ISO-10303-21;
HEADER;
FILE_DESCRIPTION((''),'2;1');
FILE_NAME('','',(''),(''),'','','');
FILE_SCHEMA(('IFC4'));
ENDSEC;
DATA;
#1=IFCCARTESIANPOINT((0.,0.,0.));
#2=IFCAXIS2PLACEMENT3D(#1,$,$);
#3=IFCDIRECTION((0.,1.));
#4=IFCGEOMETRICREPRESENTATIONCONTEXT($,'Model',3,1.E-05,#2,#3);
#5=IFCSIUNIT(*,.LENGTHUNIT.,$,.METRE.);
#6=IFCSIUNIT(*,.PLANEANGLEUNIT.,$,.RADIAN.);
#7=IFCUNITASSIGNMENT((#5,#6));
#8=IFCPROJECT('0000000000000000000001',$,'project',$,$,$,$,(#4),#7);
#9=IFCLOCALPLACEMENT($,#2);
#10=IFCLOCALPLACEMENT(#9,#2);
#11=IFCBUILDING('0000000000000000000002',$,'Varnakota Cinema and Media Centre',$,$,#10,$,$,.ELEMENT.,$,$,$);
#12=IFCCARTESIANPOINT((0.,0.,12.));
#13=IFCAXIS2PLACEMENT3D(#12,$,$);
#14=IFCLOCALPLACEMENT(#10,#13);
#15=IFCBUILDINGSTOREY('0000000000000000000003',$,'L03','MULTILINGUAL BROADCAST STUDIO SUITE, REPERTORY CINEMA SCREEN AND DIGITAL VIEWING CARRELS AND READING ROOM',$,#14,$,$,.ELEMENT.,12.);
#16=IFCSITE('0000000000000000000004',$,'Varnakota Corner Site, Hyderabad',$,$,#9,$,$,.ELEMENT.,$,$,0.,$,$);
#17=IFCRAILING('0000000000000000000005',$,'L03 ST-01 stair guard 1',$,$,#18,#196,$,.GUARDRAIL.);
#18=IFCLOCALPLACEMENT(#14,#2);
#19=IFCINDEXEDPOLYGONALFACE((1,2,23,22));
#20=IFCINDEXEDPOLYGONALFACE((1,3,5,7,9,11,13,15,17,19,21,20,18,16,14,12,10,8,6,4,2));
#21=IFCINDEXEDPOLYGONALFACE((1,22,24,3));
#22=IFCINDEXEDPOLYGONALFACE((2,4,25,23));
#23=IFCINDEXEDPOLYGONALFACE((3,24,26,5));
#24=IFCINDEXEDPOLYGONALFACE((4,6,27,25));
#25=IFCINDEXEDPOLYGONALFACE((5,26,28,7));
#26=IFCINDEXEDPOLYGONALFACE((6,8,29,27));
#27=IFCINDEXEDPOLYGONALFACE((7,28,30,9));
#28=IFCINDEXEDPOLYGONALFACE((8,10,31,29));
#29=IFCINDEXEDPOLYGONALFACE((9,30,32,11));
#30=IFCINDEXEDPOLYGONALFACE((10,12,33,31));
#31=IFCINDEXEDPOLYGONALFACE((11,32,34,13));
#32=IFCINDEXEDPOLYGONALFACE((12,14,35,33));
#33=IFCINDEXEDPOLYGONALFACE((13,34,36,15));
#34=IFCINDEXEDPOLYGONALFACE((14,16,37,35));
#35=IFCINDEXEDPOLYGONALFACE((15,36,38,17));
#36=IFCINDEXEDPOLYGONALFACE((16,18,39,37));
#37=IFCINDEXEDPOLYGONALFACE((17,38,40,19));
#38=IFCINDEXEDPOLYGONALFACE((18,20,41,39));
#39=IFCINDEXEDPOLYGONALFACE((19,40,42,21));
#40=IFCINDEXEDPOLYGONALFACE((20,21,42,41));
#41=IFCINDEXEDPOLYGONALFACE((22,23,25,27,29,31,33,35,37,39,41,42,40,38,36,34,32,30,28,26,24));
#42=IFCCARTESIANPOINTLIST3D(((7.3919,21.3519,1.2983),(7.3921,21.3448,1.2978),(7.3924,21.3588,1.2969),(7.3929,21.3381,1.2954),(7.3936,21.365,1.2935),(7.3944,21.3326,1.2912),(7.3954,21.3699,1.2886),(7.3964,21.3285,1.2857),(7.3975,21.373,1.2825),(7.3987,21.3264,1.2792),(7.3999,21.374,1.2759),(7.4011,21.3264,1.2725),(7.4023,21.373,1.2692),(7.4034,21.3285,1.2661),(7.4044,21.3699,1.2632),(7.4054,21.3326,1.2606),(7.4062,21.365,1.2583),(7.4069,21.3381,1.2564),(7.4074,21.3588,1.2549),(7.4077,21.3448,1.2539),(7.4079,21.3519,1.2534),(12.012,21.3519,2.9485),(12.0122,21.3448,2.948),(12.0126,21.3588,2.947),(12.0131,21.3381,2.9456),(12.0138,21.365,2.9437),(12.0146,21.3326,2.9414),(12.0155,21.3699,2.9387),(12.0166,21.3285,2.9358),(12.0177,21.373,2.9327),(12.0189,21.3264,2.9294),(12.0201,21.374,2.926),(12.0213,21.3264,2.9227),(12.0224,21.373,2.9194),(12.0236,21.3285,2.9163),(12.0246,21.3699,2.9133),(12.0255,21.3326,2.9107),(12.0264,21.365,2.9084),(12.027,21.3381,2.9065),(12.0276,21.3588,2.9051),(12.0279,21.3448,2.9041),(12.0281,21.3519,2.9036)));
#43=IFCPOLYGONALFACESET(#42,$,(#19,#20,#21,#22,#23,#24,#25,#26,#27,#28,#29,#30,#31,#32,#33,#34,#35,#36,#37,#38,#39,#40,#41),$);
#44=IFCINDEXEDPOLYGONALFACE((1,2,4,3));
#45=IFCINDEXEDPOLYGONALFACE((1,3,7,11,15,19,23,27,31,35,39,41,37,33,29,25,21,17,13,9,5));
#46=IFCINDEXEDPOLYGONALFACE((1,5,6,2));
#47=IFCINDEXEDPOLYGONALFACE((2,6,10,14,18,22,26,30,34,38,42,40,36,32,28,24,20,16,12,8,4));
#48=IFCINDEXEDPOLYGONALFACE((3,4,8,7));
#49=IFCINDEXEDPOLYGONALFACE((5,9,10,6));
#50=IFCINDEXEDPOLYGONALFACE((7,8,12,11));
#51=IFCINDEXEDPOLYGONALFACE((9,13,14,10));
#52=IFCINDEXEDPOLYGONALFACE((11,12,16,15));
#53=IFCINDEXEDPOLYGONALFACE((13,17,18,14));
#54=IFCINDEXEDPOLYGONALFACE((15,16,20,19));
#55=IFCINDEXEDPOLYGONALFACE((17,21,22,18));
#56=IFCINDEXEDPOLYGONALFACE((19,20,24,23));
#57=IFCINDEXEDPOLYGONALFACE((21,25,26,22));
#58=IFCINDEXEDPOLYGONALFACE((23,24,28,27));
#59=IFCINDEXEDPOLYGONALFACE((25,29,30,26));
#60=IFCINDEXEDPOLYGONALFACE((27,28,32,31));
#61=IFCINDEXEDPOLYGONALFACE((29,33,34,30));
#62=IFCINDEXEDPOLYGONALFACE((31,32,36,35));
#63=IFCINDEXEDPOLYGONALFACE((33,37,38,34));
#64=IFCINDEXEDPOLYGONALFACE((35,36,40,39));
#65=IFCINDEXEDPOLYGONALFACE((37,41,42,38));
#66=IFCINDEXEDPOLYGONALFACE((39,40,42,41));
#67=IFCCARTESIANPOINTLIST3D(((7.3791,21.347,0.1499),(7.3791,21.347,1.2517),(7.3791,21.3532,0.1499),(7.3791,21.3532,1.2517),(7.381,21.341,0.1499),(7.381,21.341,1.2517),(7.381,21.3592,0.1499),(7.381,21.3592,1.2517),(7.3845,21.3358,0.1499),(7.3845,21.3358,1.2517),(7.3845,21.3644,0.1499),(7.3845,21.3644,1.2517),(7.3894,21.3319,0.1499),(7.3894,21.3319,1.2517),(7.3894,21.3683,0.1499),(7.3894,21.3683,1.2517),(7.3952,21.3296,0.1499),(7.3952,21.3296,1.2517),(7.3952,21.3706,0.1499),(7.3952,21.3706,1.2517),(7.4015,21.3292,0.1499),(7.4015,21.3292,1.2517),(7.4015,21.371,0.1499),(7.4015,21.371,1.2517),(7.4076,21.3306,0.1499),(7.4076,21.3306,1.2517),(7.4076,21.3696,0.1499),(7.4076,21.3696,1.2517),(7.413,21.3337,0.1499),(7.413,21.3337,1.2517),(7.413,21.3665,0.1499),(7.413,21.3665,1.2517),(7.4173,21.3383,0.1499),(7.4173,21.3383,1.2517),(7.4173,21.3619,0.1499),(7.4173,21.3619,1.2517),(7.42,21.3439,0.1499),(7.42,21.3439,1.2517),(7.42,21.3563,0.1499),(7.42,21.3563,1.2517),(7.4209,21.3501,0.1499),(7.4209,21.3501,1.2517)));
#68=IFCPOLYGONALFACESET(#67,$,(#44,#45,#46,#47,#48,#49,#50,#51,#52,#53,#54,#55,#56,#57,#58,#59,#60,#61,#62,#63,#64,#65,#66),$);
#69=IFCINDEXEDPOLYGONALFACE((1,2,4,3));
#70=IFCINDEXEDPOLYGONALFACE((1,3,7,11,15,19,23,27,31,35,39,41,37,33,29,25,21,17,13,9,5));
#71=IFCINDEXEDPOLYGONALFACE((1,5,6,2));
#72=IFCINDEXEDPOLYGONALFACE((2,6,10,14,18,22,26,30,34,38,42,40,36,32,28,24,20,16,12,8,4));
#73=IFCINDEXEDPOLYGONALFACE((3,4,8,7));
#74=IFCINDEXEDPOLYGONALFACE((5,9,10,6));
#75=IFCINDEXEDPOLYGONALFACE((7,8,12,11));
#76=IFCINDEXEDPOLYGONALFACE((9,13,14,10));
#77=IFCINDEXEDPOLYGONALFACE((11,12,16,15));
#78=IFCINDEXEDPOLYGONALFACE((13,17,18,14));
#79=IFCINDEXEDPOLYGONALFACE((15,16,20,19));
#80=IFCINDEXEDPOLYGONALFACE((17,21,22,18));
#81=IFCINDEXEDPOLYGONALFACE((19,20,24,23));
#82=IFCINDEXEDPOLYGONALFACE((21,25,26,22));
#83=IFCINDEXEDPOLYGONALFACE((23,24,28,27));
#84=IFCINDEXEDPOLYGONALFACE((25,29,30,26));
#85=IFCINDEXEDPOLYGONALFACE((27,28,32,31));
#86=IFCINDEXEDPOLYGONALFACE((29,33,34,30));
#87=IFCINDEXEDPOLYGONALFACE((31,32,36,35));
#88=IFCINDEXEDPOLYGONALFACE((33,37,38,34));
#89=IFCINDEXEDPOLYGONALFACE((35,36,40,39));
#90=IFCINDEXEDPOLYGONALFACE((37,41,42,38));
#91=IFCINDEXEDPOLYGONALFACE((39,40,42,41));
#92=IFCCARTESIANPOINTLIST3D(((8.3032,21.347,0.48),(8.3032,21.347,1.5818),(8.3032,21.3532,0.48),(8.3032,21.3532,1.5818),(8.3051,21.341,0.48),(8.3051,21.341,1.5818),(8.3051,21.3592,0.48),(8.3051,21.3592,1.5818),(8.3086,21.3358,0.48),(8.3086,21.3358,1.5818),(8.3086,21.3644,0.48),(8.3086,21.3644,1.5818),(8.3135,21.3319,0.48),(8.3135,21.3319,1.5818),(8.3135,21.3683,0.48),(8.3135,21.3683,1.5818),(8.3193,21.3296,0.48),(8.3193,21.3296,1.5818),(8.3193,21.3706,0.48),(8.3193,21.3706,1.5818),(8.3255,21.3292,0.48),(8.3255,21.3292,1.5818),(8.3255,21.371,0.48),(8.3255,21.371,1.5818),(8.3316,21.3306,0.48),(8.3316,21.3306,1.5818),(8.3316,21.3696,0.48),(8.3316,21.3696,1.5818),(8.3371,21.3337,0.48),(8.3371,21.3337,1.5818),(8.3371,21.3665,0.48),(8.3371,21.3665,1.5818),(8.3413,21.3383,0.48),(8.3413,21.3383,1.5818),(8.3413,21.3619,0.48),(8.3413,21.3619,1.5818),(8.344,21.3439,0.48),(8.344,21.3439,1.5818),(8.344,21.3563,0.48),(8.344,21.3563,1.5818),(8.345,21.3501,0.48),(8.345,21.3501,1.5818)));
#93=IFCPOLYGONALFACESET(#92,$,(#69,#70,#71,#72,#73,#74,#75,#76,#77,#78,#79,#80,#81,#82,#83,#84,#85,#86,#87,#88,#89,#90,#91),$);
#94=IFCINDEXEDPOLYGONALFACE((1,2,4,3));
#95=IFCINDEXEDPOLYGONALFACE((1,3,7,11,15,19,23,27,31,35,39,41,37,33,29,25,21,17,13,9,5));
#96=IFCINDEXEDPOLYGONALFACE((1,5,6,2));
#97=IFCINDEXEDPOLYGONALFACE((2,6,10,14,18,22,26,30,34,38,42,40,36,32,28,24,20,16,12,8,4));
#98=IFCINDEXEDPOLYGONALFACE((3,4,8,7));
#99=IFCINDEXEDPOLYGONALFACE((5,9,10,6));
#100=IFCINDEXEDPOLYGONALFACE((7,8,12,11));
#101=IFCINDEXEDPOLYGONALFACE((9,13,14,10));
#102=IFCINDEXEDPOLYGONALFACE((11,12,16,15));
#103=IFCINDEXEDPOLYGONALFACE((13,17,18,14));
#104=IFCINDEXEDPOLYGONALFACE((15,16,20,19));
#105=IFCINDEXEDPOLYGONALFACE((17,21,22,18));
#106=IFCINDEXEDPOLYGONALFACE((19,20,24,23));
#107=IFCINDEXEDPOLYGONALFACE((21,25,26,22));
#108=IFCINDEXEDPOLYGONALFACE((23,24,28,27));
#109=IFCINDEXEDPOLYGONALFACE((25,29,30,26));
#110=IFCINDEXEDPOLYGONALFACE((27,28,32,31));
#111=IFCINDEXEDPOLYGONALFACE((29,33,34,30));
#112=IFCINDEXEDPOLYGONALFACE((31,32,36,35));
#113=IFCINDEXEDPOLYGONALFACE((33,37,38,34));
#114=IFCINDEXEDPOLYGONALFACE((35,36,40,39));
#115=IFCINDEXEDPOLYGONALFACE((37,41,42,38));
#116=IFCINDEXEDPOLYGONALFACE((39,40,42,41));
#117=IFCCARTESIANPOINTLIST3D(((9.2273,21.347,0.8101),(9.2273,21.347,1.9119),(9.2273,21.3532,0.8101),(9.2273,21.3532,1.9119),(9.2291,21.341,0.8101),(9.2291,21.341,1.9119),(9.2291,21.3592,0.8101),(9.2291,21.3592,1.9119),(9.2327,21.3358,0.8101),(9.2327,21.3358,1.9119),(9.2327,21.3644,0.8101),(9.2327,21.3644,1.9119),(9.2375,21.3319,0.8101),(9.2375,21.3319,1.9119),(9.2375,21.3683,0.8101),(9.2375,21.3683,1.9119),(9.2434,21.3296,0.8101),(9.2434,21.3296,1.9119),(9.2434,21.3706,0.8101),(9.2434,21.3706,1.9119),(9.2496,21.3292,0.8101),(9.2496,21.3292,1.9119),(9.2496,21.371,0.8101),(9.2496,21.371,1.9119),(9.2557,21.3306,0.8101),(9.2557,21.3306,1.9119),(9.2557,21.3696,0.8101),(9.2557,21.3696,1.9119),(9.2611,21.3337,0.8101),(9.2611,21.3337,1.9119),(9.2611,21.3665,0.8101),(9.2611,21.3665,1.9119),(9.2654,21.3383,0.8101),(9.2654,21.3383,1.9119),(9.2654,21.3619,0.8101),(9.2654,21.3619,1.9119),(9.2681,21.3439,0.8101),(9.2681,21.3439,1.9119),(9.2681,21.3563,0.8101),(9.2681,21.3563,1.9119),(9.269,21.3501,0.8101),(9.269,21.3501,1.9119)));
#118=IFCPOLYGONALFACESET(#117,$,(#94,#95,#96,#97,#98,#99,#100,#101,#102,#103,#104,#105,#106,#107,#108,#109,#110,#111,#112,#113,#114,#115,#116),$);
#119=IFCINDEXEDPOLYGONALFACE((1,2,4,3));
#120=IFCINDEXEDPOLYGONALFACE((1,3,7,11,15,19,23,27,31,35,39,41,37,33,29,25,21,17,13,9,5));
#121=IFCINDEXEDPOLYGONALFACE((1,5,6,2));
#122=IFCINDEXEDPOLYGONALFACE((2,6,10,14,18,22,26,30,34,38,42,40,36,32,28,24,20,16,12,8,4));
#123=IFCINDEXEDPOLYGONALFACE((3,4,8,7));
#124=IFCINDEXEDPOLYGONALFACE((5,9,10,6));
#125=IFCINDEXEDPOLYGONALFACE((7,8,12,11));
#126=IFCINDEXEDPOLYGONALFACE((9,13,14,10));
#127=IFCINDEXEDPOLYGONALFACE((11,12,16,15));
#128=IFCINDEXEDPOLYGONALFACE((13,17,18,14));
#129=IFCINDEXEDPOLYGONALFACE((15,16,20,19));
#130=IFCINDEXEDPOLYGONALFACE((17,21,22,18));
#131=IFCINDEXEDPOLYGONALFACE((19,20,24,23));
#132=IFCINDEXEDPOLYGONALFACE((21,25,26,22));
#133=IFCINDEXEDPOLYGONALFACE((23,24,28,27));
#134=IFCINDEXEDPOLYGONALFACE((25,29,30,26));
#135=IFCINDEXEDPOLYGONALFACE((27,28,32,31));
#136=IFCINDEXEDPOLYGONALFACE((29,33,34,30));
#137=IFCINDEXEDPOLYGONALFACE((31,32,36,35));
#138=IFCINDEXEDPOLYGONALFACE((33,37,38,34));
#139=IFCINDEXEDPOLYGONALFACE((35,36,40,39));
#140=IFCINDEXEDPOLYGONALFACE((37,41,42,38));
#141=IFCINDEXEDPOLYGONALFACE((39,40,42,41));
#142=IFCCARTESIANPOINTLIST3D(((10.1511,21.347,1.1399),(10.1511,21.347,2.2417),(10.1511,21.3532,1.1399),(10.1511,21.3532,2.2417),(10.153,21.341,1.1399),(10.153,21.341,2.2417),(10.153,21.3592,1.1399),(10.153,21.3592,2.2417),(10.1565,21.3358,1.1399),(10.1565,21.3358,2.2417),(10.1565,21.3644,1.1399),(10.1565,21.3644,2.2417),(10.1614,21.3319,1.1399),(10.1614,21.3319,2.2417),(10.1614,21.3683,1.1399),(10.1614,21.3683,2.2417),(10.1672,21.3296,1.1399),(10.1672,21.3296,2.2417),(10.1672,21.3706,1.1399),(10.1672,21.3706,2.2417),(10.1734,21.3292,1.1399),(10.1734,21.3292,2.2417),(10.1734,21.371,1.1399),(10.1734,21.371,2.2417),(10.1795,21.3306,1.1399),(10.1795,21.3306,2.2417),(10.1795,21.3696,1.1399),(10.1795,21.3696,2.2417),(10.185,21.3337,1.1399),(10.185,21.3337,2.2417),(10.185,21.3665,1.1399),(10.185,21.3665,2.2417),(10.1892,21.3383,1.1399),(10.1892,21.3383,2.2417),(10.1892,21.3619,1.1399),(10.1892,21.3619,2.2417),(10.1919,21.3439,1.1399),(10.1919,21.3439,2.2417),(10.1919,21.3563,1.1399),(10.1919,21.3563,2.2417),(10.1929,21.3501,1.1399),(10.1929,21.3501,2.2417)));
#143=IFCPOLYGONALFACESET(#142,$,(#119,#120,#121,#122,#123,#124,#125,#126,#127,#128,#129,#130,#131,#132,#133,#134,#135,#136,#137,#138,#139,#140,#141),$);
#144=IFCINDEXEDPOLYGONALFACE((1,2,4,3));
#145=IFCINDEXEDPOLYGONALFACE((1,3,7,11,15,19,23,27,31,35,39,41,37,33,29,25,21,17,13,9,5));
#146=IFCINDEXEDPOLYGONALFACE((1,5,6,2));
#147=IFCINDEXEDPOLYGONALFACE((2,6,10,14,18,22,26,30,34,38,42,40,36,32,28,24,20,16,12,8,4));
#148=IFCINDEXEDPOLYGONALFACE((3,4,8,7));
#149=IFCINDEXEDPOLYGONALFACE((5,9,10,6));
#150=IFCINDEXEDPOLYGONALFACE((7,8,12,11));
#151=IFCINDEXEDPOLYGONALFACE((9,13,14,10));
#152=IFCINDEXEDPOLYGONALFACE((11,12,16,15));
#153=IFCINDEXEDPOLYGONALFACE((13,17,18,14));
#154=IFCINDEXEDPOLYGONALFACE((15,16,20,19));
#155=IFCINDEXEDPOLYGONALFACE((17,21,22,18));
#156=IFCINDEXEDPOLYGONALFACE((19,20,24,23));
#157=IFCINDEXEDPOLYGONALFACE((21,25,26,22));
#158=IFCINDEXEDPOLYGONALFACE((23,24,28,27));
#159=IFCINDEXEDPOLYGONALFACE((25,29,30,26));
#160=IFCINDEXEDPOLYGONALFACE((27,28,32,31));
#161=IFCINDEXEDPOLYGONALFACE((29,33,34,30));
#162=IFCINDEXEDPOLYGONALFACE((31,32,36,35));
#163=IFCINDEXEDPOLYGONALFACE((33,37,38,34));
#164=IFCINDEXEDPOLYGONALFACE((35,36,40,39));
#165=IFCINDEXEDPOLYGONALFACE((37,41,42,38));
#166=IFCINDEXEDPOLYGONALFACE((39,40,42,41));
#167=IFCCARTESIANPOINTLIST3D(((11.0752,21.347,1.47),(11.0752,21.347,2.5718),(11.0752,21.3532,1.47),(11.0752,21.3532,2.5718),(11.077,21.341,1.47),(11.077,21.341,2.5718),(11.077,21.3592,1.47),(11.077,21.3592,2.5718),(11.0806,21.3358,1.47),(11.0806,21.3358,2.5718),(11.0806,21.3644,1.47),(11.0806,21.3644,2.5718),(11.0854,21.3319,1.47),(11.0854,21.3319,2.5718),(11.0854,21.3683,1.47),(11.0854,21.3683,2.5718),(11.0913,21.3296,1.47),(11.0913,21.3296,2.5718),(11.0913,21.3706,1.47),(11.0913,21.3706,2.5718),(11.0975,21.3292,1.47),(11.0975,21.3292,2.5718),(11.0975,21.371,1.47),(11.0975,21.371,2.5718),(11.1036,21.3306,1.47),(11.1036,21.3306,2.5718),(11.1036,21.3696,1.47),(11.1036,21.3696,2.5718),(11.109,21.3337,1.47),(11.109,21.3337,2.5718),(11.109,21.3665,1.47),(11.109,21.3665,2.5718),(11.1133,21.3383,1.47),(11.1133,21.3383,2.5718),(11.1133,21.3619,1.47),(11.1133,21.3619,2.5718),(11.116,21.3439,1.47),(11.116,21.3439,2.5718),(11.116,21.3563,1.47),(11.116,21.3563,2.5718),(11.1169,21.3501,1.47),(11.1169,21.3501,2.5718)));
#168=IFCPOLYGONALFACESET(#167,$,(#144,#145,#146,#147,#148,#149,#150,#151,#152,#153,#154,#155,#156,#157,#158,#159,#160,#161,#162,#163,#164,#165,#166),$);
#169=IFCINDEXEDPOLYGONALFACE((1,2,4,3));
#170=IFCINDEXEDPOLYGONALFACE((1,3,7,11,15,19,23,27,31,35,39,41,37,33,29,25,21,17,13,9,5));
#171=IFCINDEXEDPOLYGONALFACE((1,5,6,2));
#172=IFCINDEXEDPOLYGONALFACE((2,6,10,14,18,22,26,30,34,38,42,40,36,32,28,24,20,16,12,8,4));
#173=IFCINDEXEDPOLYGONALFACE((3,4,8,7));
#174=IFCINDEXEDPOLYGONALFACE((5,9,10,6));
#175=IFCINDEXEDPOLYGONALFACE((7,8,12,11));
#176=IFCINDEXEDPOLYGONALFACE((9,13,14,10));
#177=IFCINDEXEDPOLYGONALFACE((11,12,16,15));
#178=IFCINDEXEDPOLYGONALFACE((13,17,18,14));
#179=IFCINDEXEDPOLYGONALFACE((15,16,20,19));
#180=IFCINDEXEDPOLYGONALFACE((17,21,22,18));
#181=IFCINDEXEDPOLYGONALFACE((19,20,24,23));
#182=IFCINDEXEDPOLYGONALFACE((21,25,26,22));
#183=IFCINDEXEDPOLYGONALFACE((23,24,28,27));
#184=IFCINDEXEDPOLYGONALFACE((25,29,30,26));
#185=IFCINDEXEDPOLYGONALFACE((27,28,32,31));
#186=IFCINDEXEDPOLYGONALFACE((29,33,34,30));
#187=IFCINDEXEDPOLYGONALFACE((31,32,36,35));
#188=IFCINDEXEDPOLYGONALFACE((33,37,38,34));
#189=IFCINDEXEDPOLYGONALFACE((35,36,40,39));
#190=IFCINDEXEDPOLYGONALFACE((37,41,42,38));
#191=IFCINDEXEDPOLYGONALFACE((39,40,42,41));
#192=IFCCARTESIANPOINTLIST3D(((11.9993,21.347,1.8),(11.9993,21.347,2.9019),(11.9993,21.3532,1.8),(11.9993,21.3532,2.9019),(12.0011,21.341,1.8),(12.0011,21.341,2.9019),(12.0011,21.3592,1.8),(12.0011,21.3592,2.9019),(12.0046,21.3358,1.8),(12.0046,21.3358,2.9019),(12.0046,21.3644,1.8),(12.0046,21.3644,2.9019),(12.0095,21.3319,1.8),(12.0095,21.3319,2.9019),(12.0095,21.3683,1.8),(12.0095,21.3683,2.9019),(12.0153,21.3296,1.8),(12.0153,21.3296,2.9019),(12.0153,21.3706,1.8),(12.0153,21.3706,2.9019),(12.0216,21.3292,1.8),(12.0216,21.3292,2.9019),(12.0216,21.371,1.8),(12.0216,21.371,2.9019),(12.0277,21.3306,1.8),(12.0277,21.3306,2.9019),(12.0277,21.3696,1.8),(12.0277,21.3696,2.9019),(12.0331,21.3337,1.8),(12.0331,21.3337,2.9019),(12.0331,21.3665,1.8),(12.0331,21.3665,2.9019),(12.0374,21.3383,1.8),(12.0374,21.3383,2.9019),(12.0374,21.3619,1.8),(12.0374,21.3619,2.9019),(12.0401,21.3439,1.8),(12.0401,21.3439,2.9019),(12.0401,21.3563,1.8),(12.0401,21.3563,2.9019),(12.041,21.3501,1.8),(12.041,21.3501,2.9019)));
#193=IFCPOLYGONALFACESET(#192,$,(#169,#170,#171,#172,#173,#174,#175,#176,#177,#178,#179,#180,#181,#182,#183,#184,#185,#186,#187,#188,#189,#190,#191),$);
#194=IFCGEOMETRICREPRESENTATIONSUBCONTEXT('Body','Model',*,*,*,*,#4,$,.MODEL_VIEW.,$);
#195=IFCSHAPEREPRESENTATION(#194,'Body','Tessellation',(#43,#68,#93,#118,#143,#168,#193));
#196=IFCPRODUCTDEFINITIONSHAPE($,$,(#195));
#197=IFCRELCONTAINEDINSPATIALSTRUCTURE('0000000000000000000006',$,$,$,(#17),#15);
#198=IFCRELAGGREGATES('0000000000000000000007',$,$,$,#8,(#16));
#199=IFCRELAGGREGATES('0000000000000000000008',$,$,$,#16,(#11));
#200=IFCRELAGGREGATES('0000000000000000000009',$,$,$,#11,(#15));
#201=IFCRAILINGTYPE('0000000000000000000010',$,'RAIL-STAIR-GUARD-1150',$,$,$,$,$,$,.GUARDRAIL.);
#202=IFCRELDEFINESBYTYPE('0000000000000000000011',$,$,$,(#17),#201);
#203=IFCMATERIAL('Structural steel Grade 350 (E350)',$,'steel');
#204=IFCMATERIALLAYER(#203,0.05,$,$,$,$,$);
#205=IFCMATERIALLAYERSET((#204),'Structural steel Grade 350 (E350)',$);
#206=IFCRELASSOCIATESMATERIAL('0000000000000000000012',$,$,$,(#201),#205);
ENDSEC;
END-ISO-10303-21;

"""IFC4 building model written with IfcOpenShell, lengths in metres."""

from ifc_helpers import new_model, si_unit, direction, frame, origin, origin_2d, place, context, subcontext, project, spatial, circle, extrude, material, layer, layer_set, type_object, element, save


model = new_model("IFC4")

# Units and contexts
model_context = context("Model", 3, precision=1e-05, world=origin(), true_north=direction((0.0, 1.0)))
body_context = subcontext(model_context, "Body", "Model", "MODEL_VIEW")
ifc_project = project(units=[si_unit("LENGTHUNIT", "METRE"), si_unit("PLANEANGLEUNIT", "RADIAN")], contexts=[model_context])

# Site, building, storey
site_placement = place(None, origin())
site = spatial("IfcSite", under=ifc_project, at=site_placement, Name="Varnakota Corner Site, Hyderabad", CompositionType="ELEMENT", RefElevation=0.0)
building_placement = place(site_placement, origin())
building = spatial("IfcBuilding", under=site, at=building_placement, Name="Varnakota Cinema and Media Centre", CompositionType="ELEMENT")
storey_placement = place(building_placement, frame((0.0, 0.0, 12.0)))
storey = spatial("IfcBuildingStorey", under=building, at=storey_placement, Name="L03", Description="MULTILINGUAL BROADCAST STUDIO SUITE, REPERTORY CINEMA SCREEN AND DIGITAL VIEWING CARRELS AND READING ROOM", CompositionType="ELEMENT", Elevation=12.0)

# Railing
ifc_material_1 = material(Name="Structural steel Grade 350 (E350)", Category="steel")
ifc_layer_1 = layer(ifc_material_1, 0.05)
ifc_layer_set_1 = layer_set([ifc_layer_1], Name="Structural steel Grade 350 (E350)")
railing_type_1 = type_object("IfcRailingType", Name="RAIL-STAIR-GUARD-1150", PredefinedType="GUARDRAIL", material=ifc_layer_set_1)
railing_1_placement = place(storey_placement, frame((7.3999, 21.3501, 0.1499)))
element("IfcRailing", 1, at=railing_1_placement, inside=storey, type_object=railing_type_1, Name="L03 ST-01 stair guard 1", PredefinedType="GUARDRAIL", context=body_context, shape_type="SweptSolid", body=[
    extrude(circle(Radius=0.0239, at=origin_2d()), frame((0.0, 0.0, 1.126), z_axis=(0.941735, 0.0, 0.336355), x_axis=(0.0, 1.0, 0.0)), (0.0, 0.0, 1.0), 4.906),
    extrude(circle(Radius=0.021, at=origin_2d()), origin(), (0.0, 0.0, 1.0), 1.1018),
    extrude(circle(Radius=0.021, at=origin_2d()), frame((0.9241, 0.0, 0.3301)), (0.0, 0.0, 1.0), 1.1018),
    extrude(circle(Radius=0.021, at=origin_2d()), frame((1.8481, 0.0, 0.6602)), (0.0, 0.0, 1.0), 1.1018),
    extrude(circle(Radius=0.021, at=origin_2d()), frame((2.772, 0.0, 0.99)), (0.0, 0.0, 1.0), 1.1018),
    extrude(circle(Radius=0.021, at=origin_2d()), frame((3.696, 0.0, 1.3201)), (0.0, 0.0, 1.0), 1.1018),
    extrude(circle(Radius=0.021, at=origin_2d()), frame((4.6201, 0.0, 1.6501)), (0.0, 0.0, 1.0), 1.1018),
])

save(model, "model.ifc")
